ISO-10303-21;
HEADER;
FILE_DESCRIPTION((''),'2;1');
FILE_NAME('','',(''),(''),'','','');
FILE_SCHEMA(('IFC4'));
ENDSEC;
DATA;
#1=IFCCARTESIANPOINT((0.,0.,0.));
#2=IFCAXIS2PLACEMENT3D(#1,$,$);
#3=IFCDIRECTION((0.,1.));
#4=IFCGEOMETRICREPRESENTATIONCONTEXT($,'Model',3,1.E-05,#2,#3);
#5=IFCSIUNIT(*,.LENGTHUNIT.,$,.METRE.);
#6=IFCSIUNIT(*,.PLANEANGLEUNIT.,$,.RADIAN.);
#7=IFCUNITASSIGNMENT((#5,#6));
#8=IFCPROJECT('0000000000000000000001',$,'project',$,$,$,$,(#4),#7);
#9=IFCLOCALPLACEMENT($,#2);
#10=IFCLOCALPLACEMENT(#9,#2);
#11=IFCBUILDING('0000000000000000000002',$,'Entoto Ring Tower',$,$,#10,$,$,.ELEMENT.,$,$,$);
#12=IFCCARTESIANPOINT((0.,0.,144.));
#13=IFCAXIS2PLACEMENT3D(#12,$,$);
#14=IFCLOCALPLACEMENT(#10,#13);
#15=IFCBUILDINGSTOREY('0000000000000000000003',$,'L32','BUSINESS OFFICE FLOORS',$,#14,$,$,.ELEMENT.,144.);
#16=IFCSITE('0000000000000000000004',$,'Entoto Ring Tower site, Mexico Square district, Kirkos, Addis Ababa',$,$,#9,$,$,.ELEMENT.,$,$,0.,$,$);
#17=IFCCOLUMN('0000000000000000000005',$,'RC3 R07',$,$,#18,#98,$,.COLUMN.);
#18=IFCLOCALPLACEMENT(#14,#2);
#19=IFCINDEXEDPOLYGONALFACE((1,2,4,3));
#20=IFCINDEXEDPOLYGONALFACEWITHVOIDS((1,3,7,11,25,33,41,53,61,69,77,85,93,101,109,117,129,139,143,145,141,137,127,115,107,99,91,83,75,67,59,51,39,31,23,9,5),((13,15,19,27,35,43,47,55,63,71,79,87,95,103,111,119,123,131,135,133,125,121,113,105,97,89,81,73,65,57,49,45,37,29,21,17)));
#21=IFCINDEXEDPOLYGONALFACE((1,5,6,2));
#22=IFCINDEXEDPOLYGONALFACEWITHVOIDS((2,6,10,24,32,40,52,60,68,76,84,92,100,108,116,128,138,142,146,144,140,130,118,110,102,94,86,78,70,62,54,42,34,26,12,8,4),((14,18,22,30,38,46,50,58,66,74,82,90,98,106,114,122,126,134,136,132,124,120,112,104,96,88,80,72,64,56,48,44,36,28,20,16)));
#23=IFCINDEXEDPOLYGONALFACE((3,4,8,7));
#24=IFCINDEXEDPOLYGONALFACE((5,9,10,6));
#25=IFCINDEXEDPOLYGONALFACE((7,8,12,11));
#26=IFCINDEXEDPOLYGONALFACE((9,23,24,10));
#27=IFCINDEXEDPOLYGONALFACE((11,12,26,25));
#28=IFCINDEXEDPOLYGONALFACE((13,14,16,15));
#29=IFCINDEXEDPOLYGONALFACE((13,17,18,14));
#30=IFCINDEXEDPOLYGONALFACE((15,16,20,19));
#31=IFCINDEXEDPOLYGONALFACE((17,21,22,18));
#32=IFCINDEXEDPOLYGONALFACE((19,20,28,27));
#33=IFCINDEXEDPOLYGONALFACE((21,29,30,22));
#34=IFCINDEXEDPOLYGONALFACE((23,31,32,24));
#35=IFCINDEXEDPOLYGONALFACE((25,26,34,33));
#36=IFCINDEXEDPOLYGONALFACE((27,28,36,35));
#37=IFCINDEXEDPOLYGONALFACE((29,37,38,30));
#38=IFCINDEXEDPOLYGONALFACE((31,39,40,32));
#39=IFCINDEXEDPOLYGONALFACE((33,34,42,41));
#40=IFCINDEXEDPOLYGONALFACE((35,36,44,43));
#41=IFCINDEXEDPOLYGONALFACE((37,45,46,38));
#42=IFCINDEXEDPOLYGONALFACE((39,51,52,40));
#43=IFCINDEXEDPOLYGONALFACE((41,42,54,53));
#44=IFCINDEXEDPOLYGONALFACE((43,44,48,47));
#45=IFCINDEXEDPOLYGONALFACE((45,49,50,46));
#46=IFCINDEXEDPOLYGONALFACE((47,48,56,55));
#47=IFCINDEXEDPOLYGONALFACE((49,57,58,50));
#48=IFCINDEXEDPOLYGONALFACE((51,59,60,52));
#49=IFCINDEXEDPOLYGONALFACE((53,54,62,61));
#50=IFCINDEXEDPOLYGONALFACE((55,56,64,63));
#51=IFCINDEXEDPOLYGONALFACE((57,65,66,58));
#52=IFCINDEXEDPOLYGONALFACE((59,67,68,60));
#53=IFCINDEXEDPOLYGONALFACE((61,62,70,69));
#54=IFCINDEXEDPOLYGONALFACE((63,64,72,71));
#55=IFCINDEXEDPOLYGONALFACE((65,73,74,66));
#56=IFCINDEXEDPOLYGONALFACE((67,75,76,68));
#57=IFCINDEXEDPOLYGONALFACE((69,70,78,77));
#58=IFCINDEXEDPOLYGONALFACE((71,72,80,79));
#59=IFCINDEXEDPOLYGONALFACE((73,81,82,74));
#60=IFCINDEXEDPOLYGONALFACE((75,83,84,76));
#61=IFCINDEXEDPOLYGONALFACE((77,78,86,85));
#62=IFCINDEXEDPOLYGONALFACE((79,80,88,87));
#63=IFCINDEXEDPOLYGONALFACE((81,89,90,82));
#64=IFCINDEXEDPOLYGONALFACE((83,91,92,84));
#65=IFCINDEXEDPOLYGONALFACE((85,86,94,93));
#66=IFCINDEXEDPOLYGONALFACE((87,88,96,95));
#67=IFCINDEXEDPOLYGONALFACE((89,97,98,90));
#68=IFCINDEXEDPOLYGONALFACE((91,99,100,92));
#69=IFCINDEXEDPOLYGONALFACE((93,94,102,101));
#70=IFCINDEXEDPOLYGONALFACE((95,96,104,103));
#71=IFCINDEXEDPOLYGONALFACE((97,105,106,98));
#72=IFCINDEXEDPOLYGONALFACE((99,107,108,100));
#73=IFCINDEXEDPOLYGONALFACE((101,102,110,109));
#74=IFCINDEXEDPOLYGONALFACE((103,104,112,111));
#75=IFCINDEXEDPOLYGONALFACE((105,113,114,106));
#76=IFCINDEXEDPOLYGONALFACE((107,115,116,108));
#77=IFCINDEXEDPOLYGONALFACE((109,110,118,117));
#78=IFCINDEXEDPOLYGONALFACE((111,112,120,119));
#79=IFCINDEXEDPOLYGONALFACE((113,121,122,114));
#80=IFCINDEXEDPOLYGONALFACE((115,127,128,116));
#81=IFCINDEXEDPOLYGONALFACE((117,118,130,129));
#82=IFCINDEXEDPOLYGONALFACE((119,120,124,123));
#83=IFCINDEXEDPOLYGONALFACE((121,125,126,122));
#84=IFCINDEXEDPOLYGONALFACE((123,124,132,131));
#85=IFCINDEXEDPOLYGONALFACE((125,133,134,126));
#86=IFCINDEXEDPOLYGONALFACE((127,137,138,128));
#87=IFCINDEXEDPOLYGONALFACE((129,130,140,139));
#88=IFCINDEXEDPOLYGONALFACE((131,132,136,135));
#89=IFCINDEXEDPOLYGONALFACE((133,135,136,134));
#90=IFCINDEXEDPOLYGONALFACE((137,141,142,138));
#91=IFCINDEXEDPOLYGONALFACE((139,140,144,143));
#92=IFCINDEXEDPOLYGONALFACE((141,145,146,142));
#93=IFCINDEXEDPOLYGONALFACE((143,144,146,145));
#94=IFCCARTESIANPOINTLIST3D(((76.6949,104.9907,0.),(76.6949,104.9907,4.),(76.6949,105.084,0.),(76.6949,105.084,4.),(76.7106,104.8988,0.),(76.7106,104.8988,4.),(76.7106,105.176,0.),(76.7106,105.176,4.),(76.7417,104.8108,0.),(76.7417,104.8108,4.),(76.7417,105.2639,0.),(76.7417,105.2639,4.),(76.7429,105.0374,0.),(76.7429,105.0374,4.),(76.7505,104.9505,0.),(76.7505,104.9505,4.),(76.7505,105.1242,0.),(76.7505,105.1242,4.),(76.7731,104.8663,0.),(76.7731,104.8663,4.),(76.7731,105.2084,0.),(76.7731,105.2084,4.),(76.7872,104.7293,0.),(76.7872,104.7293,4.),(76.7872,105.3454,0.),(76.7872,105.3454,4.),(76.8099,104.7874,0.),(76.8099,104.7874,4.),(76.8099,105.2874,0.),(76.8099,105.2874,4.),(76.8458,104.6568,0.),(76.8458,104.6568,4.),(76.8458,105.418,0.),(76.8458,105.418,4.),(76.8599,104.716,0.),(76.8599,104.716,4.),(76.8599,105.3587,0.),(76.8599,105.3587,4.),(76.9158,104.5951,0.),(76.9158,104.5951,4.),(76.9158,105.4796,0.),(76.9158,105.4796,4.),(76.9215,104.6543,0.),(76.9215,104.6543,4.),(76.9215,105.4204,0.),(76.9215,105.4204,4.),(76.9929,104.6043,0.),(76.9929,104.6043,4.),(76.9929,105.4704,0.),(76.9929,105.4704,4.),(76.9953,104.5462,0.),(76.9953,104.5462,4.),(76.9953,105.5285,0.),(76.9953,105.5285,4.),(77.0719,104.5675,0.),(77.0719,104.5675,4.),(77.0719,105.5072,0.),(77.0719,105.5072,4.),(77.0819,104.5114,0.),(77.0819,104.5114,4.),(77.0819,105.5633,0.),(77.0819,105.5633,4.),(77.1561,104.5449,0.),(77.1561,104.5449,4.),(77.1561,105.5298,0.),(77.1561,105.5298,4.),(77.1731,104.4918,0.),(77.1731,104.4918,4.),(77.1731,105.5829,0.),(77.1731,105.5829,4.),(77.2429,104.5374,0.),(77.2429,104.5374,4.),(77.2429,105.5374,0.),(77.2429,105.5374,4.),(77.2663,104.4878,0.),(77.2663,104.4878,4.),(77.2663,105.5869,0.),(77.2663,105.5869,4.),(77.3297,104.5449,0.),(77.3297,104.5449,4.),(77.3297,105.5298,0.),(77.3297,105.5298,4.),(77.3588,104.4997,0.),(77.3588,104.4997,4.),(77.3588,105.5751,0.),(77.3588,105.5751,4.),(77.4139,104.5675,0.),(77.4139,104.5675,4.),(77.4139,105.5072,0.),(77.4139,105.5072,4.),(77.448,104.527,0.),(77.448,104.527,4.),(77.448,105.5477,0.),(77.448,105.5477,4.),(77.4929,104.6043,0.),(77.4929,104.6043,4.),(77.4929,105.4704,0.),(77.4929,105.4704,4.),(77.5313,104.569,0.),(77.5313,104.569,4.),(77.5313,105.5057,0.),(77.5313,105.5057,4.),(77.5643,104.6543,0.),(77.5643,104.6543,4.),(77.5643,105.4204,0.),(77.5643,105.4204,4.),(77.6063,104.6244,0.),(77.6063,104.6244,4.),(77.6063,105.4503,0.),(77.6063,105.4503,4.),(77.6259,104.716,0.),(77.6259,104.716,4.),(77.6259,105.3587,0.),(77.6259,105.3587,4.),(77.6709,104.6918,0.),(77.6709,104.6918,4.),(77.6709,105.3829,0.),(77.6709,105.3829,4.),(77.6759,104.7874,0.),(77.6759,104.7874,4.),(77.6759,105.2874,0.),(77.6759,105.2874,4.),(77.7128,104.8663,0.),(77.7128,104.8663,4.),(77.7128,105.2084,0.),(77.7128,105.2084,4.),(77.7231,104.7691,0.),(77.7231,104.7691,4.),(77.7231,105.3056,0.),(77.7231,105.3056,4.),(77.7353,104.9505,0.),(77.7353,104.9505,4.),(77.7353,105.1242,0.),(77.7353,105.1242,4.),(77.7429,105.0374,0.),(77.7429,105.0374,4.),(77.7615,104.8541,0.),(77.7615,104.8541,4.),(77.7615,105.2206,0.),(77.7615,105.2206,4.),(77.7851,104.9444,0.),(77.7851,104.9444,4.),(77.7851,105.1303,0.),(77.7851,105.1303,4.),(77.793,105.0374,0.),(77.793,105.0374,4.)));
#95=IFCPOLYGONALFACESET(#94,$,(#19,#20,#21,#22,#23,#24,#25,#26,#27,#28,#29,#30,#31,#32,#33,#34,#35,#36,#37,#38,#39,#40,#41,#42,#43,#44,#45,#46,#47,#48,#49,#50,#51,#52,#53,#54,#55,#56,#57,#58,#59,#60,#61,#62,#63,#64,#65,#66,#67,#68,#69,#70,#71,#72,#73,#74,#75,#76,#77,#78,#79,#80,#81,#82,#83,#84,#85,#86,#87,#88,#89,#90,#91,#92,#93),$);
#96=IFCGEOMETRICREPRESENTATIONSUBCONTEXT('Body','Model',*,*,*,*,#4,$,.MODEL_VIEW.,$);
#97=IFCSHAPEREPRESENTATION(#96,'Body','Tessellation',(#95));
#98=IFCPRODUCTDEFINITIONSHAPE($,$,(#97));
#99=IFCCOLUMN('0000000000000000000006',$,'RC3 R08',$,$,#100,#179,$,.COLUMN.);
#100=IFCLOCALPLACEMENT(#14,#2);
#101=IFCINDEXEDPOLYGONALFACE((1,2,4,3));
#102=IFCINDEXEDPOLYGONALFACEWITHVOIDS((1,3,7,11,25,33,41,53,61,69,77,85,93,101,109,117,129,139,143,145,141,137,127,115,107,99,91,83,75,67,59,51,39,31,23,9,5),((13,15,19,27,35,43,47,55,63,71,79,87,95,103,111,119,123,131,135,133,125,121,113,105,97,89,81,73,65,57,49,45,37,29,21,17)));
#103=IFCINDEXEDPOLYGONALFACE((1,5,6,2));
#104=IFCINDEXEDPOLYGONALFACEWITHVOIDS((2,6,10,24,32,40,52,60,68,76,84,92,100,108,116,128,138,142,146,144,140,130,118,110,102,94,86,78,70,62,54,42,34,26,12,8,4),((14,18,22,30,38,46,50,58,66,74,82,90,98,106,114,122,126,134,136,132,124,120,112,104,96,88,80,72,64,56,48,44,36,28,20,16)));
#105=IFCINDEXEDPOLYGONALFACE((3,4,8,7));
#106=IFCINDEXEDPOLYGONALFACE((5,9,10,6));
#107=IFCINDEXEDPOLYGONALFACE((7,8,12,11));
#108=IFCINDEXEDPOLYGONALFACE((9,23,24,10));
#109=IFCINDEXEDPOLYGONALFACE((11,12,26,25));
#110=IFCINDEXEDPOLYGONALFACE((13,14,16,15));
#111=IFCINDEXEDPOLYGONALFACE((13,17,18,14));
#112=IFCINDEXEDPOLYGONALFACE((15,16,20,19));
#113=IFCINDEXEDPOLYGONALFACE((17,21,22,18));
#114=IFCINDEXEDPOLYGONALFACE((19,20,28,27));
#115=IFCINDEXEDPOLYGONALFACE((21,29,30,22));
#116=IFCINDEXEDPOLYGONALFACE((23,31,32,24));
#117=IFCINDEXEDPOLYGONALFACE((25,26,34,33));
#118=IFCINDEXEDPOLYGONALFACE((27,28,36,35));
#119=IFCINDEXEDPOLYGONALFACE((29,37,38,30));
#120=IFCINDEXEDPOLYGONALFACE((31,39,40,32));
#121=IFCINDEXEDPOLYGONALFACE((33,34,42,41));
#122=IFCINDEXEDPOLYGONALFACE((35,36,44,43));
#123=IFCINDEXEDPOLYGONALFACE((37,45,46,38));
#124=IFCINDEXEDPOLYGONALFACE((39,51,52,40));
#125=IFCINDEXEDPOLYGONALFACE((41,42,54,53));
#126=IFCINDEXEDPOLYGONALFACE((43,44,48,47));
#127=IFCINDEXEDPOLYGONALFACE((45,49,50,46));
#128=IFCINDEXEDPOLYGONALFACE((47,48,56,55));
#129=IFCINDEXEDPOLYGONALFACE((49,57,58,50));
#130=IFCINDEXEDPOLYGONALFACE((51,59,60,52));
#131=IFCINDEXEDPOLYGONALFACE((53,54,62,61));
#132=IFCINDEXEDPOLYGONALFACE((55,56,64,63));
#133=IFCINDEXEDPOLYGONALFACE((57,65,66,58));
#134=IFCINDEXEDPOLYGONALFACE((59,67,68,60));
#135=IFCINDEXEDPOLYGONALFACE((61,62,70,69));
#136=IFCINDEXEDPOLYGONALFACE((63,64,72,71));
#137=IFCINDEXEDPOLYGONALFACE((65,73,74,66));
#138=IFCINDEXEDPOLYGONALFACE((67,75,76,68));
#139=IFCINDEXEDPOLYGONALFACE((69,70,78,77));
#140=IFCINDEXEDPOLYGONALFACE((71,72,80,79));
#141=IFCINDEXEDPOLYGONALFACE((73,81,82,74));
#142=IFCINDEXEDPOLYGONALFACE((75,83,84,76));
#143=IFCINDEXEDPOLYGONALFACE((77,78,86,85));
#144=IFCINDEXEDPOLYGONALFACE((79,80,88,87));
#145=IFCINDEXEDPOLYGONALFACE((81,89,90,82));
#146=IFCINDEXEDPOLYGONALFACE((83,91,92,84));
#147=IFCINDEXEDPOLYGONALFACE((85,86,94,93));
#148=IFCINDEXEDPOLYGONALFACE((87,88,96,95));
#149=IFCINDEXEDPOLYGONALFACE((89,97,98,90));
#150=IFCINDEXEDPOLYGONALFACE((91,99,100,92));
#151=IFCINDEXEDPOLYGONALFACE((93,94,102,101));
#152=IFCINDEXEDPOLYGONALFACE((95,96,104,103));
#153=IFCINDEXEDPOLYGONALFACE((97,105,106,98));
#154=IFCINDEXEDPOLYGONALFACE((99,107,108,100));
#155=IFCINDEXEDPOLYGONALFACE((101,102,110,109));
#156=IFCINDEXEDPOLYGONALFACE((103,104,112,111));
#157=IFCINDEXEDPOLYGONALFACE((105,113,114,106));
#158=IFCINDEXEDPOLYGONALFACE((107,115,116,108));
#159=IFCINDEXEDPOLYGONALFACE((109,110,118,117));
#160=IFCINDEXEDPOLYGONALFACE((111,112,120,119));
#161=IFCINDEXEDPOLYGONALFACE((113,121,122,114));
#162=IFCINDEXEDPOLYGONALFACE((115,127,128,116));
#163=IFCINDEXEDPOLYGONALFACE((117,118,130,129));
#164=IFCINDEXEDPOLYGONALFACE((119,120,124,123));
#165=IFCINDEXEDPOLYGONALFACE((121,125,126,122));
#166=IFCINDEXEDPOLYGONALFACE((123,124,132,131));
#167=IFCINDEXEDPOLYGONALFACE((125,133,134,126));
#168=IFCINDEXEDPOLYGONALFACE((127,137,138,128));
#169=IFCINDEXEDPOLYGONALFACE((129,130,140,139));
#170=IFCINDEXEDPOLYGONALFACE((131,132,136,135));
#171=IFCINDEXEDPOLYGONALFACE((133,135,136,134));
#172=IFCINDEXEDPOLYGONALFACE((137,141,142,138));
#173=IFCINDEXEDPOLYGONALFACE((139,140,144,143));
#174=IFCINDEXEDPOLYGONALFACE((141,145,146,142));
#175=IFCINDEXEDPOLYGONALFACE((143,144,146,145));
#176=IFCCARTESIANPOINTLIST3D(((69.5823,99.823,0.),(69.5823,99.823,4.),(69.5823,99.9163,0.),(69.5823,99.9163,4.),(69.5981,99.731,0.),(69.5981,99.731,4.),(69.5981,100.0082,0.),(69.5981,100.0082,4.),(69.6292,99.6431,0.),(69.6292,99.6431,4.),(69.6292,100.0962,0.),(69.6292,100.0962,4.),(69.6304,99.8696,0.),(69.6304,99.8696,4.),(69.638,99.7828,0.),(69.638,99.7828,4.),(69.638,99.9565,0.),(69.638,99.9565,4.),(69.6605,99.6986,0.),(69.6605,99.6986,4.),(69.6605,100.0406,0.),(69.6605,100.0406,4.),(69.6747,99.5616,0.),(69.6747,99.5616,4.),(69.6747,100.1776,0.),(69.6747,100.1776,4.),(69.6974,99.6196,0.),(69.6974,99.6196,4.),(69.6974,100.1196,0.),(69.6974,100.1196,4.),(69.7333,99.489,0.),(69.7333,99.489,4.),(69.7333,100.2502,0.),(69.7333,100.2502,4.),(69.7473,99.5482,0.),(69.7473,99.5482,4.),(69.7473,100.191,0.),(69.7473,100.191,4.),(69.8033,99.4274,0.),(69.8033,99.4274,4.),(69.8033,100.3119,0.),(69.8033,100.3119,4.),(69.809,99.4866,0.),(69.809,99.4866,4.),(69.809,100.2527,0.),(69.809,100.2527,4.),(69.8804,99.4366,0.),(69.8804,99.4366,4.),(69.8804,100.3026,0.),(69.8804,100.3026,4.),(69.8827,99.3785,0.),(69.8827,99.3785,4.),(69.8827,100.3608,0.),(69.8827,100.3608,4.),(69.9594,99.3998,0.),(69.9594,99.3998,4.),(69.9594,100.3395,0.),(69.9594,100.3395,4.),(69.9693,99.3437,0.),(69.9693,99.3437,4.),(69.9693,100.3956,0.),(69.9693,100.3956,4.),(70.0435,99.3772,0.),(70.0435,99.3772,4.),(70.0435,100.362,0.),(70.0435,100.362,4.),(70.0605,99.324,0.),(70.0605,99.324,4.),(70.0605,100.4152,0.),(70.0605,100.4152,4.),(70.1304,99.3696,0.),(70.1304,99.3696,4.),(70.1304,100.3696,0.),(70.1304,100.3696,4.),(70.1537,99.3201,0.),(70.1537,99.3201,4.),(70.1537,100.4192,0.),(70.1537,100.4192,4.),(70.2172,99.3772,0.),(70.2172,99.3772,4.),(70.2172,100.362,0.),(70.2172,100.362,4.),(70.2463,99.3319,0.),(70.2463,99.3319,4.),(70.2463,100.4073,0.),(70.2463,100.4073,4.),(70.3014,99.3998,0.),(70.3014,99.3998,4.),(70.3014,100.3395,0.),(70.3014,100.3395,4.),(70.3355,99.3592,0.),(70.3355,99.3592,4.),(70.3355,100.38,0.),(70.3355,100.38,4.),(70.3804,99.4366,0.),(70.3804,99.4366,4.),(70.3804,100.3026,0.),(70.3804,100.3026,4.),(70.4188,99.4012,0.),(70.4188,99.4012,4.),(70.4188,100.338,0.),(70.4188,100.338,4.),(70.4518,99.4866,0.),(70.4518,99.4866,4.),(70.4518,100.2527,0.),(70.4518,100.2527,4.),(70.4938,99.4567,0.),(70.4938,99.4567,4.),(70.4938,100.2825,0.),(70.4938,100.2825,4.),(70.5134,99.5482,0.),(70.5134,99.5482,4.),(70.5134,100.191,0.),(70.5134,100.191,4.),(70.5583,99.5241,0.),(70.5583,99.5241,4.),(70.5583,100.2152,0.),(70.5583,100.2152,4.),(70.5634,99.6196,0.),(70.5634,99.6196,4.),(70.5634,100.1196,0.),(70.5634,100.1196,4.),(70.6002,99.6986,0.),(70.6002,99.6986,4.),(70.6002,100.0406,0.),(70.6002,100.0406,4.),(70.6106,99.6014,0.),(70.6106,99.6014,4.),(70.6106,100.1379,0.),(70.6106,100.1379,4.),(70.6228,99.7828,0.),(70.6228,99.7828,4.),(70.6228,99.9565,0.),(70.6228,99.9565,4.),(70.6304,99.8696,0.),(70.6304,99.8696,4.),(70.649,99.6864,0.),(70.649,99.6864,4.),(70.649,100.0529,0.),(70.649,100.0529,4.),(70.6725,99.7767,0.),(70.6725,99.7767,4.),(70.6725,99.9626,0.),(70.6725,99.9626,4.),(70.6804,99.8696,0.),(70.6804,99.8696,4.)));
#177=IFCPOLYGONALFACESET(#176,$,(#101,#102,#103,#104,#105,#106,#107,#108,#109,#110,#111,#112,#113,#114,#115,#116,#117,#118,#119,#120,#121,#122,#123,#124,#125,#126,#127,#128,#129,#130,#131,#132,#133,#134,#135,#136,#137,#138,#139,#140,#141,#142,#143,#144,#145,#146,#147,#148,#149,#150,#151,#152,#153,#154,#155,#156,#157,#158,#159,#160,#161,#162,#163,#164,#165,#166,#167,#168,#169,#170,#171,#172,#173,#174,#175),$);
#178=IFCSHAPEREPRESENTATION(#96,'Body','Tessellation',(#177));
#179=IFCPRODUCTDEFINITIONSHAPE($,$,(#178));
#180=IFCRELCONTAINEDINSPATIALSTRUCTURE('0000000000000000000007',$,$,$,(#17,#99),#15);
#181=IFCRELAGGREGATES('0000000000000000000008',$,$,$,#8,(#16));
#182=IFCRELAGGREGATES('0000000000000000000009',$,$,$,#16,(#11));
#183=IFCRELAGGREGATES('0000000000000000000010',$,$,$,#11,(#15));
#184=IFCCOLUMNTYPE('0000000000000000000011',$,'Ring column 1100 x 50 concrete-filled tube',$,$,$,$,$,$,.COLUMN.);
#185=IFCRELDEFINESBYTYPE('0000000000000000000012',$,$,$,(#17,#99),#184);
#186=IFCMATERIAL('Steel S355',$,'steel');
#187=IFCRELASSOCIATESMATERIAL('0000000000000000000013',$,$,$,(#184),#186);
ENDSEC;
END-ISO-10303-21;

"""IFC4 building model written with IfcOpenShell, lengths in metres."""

from ifc_helpers import new_model, si_unit, direction, frame, origin, origin_2d, place, context, subcontext, project, spatial, circle, hollow_circle, extrude, material, material_profile, profile_set, type_object, element, save


model = new_model("IFC4")

# Units and contexts
model_context = context("Model", 3, precision=1e-05, world=origin(), true_north=direction((0.0, 1.0)))
body_context = subcontext(model_context, "Body", "Model", "MODEL_VIEW")
ifc_project = project(units=[si_unit("LENGTHUNIT", "METRE"), si_unit("PLANEANGLEUNIT", "RADIAN")], contexts=[model_context])

# Site, building, storey
site_placement = place(None, origin())
site = spatial("IfcSite", under=ifc_project, at=site_placement, Name="Entoto Ring Tower site, Mexico Square district, Kirkos, Addis Ababa", CompositionType="ELEMENT", RefElevation=0.0)
building_placement = place(site_placement, origin())
building = spatial("IfcBuilding", under=site, at=building_placement, Name="Entoto Ring Tower", CompositionType="ELEMENT")
storey_placement = place(building_placement, frame((0.0, 0.0, 144.0)))
storey = spatial("IfcBuildingStorey", under=building, at=storey_placement, Name="L32", Description="BUSINESS OFFICE FLOORS", CompositionType="ELEMENT", Elevation=144.0)

# Columns
ifc_material_1 = material(Name="Steel S355", Category="steel")
ifc_material_profile_1 = material_profile(ifc_material_1, hollow_circle(Radius=0.55, WallThickness=0.05, at=origin_2d()), Name="CHS 1100 x 50")
ifc_material_2 = material(Name="Concrete C60/75", Category="concrete")
ifc_material_profile_2 = material_profile(ifc_material_2, circle(Radius=0.5, at=origin_2d()), Name="Concrete C60/75 infill")
ifc_profile_set_1 = profile_set([ifc_material_profile_1, ifc_material_profile_2], Name="Steel S355")
column_type = type_object("IfcColumnType", Name="Ring column 1100 x 50 concrete-filled tube", PredefinedType="COLUMN", material=ifc_profile_set_1)
for number, where, z_axis, x_axis, name in (
    (1, (77.2429, 105.0374, 0.0), (0.0, 0.0, 1.0), (1.0, 0.0, 0.0), "RC3 R07"),
    (2, (70.1304, 99.8696, 0.0), (0.0, 0.0, 1.0), (1.0, 0.0, 0.0), "RC3 R08"),
):
    element("IfcColumn", number, at=place(storey_placement, frame(where, z_axis=z_axis, x_axis=x_axis)), inside=storey, type_object=column_type, Name=name, PredefinedType="COLUMN", context=body_context, shape_type="SweptSolid", body=[
        extrude(hollow_circle(Radius=0.55, WallThickness=0.05, at=origin_2d()), origin(), (0.0, 0.0, 1.0), 4.0),
    ])

save(model, "model.ifc")
